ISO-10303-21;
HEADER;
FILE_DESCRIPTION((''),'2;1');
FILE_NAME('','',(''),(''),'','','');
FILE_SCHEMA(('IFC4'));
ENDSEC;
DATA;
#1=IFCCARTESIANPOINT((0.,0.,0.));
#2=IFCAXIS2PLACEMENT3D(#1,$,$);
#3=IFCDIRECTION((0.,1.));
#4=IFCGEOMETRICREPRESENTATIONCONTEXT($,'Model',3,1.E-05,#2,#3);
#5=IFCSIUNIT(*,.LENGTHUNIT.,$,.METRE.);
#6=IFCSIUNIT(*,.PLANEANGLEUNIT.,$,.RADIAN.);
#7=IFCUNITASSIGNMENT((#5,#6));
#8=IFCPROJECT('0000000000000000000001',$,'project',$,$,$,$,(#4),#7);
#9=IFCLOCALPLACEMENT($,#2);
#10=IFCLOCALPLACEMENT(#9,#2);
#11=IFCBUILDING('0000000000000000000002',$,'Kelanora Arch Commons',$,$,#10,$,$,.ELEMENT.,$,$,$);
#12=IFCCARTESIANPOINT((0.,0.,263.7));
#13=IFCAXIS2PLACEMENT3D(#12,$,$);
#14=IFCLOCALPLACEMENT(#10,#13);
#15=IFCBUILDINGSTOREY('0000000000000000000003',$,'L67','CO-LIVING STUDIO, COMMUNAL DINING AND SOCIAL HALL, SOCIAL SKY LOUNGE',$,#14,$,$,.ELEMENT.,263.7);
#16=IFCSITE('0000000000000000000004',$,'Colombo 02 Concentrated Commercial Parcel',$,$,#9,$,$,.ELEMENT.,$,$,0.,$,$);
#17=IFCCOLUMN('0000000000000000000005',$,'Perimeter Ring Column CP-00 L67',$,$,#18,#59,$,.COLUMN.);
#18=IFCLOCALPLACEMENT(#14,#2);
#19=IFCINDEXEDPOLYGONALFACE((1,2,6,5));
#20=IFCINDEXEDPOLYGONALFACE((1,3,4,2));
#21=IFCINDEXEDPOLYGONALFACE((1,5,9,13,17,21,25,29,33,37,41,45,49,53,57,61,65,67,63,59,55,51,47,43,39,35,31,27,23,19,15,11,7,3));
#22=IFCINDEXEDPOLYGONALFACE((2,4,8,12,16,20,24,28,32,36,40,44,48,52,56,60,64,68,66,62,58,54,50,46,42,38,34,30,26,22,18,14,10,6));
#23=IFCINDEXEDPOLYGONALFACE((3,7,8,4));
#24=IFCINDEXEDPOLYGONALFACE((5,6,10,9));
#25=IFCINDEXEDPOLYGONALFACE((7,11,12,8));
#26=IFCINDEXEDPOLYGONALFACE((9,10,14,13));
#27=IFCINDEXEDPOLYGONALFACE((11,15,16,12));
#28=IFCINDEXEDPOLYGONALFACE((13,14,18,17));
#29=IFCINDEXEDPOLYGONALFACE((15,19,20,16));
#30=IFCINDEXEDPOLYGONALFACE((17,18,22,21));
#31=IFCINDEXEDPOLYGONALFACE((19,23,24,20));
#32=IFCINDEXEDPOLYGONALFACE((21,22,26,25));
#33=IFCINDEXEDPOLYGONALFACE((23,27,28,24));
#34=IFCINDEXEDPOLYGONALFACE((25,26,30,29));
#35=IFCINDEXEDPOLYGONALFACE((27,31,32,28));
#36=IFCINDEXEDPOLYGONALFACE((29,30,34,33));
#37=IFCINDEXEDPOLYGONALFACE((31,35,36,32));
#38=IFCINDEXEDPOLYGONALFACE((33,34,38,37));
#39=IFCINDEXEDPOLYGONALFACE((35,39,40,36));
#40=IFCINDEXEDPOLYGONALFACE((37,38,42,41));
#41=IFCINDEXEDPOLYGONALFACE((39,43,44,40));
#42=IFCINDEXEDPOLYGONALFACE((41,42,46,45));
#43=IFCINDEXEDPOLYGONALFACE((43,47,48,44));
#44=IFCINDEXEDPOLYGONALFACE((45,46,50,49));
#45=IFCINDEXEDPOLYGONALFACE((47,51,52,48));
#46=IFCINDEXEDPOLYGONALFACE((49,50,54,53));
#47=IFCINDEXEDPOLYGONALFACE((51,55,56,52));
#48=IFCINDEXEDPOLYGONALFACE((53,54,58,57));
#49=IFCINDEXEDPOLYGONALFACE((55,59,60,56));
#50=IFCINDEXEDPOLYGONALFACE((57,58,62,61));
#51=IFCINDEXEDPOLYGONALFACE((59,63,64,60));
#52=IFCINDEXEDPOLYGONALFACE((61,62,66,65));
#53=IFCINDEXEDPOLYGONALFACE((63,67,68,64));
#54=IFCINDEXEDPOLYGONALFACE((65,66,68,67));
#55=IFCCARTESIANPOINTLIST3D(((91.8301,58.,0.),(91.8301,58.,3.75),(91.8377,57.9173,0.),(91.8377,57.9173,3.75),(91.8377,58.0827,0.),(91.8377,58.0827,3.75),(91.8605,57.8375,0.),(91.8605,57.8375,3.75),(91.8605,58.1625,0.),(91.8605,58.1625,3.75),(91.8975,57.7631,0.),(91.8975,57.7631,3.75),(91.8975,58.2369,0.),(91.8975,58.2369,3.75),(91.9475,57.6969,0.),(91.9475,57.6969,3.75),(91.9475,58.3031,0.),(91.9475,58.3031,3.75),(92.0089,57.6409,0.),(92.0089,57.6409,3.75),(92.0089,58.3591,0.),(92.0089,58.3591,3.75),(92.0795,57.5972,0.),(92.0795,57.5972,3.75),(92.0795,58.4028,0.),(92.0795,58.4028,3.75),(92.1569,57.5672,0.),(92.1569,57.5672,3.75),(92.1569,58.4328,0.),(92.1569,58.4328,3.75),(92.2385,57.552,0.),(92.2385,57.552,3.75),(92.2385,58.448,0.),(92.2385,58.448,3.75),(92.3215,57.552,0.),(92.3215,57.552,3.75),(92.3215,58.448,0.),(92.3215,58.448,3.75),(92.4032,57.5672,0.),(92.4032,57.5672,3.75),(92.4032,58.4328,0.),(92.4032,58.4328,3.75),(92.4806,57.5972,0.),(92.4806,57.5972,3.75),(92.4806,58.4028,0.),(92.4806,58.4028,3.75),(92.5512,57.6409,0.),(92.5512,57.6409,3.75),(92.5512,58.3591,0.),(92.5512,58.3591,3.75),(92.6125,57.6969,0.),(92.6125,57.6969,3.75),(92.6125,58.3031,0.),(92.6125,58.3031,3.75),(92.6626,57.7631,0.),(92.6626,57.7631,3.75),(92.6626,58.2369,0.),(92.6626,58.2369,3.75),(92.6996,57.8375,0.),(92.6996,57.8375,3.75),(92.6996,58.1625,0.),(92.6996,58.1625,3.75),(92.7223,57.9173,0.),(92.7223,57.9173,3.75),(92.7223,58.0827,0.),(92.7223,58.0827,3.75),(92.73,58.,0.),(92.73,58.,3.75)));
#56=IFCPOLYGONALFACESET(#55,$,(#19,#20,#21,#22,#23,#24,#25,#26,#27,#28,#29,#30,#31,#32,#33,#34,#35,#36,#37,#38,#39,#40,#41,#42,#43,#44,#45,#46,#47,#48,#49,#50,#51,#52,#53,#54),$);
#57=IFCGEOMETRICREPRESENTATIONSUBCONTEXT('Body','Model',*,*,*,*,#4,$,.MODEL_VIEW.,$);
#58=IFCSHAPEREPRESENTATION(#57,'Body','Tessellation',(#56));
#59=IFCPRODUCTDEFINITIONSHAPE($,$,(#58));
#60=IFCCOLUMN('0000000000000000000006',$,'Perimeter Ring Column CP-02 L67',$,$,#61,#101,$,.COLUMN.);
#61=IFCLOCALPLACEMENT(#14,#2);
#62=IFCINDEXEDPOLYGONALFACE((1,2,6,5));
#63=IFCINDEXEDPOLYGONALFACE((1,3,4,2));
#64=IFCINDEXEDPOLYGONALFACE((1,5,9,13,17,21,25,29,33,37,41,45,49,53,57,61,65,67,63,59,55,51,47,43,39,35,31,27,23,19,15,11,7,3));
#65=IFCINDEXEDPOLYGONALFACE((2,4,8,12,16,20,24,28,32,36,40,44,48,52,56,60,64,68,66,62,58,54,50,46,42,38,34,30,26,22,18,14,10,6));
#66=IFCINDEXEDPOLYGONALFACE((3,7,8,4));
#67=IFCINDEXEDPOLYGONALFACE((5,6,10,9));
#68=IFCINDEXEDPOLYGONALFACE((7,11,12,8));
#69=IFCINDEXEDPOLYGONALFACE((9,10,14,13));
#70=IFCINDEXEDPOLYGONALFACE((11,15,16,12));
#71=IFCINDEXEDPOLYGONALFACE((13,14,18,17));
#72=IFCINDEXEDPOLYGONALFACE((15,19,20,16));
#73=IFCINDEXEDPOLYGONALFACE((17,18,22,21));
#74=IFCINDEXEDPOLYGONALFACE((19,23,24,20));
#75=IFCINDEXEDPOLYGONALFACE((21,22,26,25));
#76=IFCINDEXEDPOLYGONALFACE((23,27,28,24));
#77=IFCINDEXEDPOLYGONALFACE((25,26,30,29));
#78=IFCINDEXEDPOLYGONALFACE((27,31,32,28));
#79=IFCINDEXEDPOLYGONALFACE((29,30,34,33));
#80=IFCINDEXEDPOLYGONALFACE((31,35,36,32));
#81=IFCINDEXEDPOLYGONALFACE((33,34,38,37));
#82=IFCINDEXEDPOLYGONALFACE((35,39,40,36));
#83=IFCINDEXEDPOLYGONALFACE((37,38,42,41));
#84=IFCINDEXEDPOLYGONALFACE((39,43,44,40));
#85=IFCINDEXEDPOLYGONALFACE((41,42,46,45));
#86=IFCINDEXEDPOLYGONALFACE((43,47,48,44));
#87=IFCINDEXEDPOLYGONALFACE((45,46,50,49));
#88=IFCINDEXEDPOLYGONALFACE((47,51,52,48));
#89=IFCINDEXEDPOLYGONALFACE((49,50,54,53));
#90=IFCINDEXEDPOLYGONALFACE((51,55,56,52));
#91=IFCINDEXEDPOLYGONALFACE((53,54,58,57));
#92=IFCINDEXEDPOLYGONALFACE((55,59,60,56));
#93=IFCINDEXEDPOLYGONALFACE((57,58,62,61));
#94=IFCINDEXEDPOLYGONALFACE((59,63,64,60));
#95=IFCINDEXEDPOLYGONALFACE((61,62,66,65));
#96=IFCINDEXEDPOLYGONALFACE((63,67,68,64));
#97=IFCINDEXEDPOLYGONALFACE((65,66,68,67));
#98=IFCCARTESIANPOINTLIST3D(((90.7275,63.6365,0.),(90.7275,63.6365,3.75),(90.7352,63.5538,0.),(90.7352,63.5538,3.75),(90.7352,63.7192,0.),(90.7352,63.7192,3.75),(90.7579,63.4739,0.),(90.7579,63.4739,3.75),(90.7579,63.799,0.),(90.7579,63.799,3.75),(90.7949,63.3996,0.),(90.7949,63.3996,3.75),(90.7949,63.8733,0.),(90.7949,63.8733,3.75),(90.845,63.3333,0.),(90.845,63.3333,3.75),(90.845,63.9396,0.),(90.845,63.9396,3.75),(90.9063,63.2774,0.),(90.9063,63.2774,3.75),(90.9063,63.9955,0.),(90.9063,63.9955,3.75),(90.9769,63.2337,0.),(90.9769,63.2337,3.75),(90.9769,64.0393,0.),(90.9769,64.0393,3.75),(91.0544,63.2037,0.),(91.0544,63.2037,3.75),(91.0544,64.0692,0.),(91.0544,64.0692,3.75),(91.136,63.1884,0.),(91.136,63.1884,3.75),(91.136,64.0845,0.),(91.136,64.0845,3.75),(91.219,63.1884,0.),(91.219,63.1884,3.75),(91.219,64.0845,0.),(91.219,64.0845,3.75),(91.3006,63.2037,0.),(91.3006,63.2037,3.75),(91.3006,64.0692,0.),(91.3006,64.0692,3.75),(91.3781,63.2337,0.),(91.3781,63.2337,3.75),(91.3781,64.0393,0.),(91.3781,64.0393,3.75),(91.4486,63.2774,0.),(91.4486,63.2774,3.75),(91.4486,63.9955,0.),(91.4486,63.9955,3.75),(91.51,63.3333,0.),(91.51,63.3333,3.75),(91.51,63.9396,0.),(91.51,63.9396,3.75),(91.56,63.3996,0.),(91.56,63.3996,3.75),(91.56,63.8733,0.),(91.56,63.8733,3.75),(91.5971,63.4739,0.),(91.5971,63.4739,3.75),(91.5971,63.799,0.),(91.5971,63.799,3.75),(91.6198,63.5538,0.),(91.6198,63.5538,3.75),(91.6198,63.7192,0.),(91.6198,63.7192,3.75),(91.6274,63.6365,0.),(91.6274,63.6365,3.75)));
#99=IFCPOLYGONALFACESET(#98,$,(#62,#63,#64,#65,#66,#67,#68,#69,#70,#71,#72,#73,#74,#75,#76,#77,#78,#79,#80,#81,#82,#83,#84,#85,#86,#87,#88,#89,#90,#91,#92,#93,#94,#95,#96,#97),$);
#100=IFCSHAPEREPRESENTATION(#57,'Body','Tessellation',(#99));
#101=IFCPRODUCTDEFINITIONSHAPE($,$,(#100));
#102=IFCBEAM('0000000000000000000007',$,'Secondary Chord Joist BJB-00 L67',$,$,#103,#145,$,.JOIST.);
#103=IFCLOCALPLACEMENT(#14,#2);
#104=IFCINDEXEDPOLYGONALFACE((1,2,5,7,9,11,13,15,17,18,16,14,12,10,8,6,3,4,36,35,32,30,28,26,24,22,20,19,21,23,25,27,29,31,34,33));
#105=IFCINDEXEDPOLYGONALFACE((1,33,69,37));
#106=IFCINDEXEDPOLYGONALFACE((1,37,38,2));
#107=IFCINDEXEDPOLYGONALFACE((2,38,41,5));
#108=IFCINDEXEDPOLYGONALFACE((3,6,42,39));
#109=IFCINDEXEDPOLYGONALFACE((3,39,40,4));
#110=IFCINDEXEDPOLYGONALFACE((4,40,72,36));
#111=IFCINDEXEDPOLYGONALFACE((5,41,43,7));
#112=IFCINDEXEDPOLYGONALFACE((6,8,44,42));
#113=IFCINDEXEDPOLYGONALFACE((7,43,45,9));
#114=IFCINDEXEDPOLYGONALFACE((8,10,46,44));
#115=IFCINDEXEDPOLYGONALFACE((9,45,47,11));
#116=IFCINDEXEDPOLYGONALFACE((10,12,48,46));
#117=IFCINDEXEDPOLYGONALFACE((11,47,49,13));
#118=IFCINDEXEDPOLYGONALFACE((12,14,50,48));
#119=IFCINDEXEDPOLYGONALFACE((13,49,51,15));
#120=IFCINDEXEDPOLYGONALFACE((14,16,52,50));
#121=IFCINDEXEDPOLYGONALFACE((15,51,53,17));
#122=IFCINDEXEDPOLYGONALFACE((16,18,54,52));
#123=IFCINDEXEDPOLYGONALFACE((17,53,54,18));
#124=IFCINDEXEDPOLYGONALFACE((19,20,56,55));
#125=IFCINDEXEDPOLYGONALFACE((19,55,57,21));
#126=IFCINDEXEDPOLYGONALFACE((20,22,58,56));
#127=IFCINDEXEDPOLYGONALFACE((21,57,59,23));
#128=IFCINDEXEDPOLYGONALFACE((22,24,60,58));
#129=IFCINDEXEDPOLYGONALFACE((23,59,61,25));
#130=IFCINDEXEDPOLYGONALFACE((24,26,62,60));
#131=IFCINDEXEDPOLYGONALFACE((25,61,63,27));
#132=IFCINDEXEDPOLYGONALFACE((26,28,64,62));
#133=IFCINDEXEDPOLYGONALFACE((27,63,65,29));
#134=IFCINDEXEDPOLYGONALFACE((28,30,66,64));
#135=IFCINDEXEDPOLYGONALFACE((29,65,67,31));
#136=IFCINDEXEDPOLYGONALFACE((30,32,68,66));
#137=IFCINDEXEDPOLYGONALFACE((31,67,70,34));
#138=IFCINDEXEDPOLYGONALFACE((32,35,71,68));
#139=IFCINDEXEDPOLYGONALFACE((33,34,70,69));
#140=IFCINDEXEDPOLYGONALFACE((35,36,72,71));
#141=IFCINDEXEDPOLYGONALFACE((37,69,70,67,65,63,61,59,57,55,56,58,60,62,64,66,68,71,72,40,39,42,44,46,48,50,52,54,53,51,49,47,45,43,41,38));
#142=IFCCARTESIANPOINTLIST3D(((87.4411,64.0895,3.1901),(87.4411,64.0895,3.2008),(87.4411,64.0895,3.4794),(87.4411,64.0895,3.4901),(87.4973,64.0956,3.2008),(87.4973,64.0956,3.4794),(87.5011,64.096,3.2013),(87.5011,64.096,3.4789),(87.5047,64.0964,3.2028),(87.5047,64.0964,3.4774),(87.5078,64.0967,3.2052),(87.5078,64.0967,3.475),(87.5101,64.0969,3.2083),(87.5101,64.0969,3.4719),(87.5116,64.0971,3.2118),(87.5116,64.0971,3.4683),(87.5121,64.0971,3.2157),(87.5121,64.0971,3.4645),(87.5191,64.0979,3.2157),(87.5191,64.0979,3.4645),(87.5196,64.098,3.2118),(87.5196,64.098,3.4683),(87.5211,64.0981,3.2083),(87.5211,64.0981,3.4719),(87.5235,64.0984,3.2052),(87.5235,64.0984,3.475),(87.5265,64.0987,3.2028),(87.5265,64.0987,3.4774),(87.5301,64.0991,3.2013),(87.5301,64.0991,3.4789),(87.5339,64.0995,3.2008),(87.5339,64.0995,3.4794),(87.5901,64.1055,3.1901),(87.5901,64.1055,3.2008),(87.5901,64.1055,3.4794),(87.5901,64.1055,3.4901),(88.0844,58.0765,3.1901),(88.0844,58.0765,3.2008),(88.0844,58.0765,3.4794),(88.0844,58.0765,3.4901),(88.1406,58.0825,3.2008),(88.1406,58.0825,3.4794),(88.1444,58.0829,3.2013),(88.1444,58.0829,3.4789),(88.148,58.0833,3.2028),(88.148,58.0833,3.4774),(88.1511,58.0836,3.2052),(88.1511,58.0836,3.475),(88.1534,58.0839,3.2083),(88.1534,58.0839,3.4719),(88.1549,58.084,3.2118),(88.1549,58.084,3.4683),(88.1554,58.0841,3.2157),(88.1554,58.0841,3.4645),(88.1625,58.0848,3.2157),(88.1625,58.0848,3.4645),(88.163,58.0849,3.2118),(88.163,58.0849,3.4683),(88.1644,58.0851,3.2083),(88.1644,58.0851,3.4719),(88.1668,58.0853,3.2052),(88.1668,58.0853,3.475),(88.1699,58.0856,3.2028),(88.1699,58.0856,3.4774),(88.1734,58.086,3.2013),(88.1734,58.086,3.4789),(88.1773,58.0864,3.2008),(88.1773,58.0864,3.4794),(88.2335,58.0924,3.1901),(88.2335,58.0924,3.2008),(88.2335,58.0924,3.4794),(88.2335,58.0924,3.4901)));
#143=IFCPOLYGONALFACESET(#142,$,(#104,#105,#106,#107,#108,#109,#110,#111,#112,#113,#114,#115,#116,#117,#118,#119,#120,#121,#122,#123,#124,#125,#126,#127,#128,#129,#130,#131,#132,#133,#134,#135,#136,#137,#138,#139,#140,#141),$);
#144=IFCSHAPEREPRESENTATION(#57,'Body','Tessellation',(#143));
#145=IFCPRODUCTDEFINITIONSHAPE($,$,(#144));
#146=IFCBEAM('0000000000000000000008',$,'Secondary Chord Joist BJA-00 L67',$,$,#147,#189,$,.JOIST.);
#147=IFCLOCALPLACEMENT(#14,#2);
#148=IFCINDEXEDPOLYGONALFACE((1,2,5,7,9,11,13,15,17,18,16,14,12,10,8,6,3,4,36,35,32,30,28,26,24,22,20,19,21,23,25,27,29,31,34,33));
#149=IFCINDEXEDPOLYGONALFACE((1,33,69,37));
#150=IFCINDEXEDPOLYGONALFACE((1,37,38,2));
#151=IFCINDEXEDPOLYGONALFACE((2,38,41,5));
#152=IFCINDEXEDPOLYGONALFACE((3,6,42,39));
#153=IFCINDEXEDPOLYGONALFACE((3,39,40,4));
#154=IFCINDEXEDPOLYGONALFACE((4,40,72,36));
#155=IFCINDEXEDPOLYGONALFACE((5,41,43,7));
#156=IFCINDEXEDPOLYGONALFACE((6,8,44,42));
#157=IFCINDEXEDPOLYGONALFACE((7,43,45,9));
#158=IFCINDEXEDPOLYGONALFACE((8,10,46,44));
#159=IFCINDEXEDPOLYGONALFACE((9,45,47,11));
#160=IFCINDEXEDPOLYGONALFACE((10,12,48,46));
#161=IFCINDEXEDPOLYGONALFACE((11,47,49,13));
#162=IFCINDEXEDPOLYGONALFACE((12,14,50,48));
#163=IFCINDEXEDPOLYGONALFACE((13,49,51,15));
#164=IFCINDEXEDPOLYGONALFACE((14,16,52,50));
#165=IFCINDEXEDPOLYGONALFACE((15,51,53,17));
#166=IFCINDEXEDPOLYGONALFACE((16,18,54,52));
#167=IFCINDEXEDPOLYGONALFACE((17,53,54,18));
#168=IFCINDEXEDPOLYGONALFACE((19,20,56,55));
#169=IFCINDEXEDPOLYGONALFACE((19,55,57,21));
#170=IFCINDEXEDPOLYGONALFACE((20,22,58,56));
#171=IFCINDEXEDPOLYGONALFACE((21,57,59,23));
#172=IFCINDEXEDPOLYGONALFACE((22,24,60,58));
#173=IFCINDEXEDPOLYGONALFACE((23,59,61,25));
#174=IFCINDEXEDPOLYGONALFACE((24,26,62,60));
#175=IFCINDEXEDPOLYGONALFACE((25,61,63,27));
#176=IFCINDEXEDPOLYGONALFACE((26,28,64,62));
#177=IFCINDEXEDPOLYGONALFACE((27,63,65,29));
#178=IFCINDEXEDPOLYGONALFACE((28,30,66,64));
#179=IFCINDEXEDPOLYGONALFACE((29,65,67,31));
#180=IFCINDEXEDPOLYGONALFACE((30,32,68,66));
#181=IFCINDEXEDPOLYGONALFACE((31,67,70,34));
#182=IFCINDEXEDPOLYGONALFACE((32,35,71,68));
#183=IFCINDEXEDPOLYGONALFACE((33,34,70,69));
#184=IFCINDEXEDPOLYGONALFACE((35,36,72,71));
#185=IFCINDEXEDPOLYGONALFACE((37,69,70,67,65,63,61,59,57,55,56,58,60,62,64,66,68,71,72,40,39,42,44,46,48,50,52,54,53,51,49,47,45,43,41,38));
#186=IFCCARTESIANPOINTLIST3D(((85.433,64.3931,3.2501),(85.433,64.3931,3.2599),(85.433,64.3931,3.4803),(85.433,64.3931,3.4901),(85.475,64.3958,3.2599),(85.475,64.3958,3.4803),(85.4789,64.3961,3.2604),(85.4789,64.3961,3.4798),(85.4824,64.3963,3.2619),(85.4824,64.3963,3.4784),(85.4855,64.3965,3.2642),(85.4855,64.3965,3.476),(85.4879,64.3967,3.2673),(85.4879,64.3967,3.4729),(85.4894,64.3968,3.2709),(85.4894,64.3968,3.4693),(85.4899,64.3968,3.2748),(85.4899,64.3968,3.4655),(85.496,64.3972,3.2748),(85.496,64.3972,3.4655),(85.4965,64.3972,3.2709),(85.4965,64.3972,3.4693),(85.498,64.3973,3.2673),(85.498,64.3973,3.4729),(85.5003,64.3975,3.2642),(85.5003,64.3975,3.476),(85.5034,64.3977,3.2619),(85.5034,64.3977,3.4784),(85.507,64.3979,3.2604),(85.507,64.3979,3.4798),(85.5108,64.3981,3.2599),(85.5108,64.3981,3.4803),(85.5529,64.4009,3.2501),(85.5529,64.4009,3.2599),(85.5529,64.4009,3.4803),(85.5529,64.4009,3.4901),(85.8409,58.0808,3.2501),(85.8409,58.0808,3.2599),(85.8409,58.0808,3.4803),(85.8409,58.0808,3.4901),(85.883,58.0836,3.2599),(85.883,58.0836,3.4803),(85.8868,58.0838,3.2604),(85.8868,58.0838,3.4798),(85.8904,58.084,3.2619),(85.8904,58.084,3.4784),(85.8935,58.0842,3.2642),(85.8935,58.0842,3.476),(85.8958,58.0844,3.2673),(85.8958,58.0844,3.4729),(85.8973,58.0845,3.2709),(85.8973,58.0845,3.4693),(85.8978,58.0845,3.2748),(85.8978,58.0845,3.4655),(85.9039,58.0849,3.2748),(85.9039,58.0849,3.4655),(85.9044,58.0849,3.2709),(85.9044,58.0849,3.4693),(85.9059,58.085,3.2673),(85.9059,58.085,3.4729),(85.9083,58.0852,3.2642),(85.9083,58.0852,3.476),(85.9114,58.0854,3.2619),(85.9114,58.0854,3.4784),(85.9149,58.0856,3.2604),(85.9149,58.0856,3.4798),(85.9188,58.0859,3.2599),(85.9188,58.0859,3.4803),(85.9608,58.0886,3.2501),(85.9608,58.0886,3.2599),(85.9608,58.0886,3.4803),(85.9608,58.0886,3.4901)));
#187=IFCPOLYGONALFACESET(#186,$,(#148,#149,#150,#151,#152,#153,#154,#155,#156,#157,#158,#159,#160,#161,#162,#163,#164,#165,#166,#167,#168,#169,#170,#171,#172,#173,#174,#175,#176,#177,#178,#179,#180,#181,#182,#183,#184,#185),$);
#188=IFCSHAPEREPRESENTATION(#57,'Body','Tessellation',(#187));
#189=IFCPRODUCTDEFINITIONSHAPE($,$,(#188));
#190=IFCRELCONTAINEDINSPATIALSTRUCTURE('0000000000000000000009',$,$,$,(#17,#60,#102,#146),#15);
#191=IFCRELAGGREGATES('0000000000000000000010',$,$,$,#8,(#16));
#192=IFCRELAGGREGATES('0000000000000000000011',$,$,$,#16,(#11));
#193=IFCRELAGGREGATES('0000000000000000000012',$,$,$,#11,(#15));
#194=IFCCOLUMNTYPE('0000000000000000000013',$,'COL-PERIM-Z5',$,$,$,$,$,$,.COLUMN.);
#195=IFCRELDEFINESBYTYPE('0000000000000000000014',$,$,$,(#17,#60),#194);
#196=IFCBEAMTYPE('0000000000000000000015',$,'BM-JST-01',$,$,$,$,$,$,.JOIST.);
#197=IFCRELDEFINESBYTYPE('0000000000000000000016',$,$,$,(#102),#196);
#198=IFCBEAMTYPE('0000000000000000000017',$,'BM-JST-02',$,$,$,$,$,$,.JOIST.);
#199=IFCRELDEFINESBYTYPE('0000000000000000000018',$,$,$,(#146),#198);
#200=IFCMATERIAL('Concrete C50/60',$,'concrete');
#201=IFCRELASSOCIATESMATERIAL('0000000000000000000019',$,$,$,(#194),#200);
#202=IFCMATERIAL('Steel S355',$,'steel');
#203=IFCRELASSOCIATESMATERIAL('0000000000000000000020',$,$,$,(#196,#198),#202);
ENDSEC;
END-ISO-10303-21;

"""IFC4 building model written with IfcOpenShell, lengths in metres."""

from ifc_helpers import new_model, si_unit, direction, frame, origin, origin_2d, place, context, subcontext, project, spatial, circle, i_section, extrude, material, material_profile, profile_set, type_object, element, save


model = new_model("IFC4")

# Units and contexts
model_context = context("Model", 3, precision=1e-05, world=origin(), true_north=direction((0.0, 1.0)))
body_context = subcontext(model_context, "Body", "Model", "MODEL_VIEW")
ifc_project = project(units=[si_unit("LENGTHUNIT", "METRE"), si_unit("PLANEANGLEUNIT", "RADIAN")], contexts=[model_context])

# Site, building, storey
site_placement = place(None, origin())
site = spatial("IfcSite", under=ifc_project, at=site_placement, Name="Colombo 02 Concentrated Commercial Parcel", CompositionType="ELEMENT", RefElevation=0.0)
building_placement = place(site_placement, origin())
building = spatial("IfcBuilding", under=site, at=building_placement, Name="Kelanora Arch Commons", CompositionType="ELEMENT")
storey_placement = place(building_placement, frame((0.0, 0.0, 263.7)))
storey = spatial("IfcBuildingStorey", under=building, at=storey_placement, Name="L67", Description="CO-LIVING STUDIO, COMMUNAL DINING AND SOCIAL HALL, SOCIAL SKY LOUNGE", CompositionType="ELEMENT", Elevation=263.7)

# Columns
ifc_material_1 = material(Name="Concrete C50/60", Category="concrete")
ifc_material_profile_1 = material_profile(ifc_material_1, circle(Radius=0.45, at=origin_2d()), Name="RCC900")
ifc_profile_set_1 = profile_set([ifc_material_profile_1], Name="Concrete C50/60")
column_type = type_object("IfcColumnType", Name="COL-PERIM-Z5", PredefinedType="COLUMN", material=ifc_profile_set_1)
for number, where, z_axis, x_axis, name in (
    (1, (92.28, 58.0, 0.0), (0.0, 0.0, 1.0), (1.0, 0.0, 0.0), "Perimeter Ring Column CP-00 L67"),
    (2, (91.1775, 63.6365, 0.0), (0.0, 0.0, 1.0), (1.0, 0.0, 0.0), "Perimeter Ring Column CP-02 L67"),
):
    element("IfcColumn", number, at=place(storey_placement, frame(where, z_axis=z_axis, x_axis=x_axis)), inside=storey, type_object=column_type, Name=name, PredefinedType="COLUMN", context=body_context, shape_type="SweptSolid", body=[
        extrude(circle(Radius=0.45, at=origin_2d()), origin(), (0.0, 0.0, 1.0), 3.75),
    ])

# Beams
ifc_material_2 = material(Name="Steel S355", Category="steel")
ifc_material_profile_2 = material_profile(ifc_material_2, i_section(OverallWidth=0.1499, OverallDepth=0.3, WebThickness=0.0071, FlangeThickness=0.0107, FilletRadius=0.0149, at=origin_2d()), Name="IPE300")
ifc_profile_set_2 = profile_set([ifc_material_profile_2], Name="Steel S355")
beam_type_1 = type_object("IfcBeamType", Name="BM-JST-01", PredefinedType="JOIST", material=ifc_profile_set_2)
beam_1_placement = place(storey_placement, frame((88.1589, 58.0845, 3.3401), z_axis=(-0.106381, 0.994325, 0.0), x_axis=(-0.994325, -0.106381, 0.0)))
element("IfcBeam", 3, at=beam_1_placement, inside=storey, type_object=beam_type_1, Name="Secondary Chord Joist BJB-00 L67", PredefinedType="JOIST", context=body_context, shape_type="SweptSolid", body=[
    extrude(i_section(OverallWidth=0.1499, OverallDepth=0.3, WebThickness=0.0071, FlangeThickness=0.0107, FilletRadius=0.0149, at=origin_2d()), origin(), (0.0, 0.0, 1.0), 6.0474),
])
ifc_material_profile_3 = material_profile(ifc_material_2, i_section(OverallWidth=0.1201, OverallDepth=0.24, WebThickness=0.0061, FlangeThickness=0.0098, FilletRadius=0.0149, at=origin_2d()), Name="IPE240")
ifc_profile_set_3 = profile_set([ifc_material_profile_3], Name="Steel S355")
beam_type_2 = type_object("IfcBeamType", Name="BM-JST-02", PredefinedType="JOIST", material=ifc_profile_set_3)
beam_2_placement = place(storey_placement, frame((85.9009, 58.0847, 3.3701), z_axis=(-0.064495, 0.997918, 0.0), x_axis=(-0.997918, -0.064495, 0.0)))
element("IfcBeam", 4, at=beam_2_placement, inside=storey, type_object=beam_type_2, Name="Secondary Chord Joist BJA-00 L67", PredefinedType="JOIST", context=body_context, shape_type="SweptSolid", body=[
    extrude(i_section(OverallWidth=0.1201, OverallDepth=0.24, WebThickness=0.0061, FlangeThickness=0.0098, FilletRadius=0.0149, at=origin_2d()), origin(), (0.0, 0.0, 1.0), 6.3254),
])

save(model, "model.ifc")
